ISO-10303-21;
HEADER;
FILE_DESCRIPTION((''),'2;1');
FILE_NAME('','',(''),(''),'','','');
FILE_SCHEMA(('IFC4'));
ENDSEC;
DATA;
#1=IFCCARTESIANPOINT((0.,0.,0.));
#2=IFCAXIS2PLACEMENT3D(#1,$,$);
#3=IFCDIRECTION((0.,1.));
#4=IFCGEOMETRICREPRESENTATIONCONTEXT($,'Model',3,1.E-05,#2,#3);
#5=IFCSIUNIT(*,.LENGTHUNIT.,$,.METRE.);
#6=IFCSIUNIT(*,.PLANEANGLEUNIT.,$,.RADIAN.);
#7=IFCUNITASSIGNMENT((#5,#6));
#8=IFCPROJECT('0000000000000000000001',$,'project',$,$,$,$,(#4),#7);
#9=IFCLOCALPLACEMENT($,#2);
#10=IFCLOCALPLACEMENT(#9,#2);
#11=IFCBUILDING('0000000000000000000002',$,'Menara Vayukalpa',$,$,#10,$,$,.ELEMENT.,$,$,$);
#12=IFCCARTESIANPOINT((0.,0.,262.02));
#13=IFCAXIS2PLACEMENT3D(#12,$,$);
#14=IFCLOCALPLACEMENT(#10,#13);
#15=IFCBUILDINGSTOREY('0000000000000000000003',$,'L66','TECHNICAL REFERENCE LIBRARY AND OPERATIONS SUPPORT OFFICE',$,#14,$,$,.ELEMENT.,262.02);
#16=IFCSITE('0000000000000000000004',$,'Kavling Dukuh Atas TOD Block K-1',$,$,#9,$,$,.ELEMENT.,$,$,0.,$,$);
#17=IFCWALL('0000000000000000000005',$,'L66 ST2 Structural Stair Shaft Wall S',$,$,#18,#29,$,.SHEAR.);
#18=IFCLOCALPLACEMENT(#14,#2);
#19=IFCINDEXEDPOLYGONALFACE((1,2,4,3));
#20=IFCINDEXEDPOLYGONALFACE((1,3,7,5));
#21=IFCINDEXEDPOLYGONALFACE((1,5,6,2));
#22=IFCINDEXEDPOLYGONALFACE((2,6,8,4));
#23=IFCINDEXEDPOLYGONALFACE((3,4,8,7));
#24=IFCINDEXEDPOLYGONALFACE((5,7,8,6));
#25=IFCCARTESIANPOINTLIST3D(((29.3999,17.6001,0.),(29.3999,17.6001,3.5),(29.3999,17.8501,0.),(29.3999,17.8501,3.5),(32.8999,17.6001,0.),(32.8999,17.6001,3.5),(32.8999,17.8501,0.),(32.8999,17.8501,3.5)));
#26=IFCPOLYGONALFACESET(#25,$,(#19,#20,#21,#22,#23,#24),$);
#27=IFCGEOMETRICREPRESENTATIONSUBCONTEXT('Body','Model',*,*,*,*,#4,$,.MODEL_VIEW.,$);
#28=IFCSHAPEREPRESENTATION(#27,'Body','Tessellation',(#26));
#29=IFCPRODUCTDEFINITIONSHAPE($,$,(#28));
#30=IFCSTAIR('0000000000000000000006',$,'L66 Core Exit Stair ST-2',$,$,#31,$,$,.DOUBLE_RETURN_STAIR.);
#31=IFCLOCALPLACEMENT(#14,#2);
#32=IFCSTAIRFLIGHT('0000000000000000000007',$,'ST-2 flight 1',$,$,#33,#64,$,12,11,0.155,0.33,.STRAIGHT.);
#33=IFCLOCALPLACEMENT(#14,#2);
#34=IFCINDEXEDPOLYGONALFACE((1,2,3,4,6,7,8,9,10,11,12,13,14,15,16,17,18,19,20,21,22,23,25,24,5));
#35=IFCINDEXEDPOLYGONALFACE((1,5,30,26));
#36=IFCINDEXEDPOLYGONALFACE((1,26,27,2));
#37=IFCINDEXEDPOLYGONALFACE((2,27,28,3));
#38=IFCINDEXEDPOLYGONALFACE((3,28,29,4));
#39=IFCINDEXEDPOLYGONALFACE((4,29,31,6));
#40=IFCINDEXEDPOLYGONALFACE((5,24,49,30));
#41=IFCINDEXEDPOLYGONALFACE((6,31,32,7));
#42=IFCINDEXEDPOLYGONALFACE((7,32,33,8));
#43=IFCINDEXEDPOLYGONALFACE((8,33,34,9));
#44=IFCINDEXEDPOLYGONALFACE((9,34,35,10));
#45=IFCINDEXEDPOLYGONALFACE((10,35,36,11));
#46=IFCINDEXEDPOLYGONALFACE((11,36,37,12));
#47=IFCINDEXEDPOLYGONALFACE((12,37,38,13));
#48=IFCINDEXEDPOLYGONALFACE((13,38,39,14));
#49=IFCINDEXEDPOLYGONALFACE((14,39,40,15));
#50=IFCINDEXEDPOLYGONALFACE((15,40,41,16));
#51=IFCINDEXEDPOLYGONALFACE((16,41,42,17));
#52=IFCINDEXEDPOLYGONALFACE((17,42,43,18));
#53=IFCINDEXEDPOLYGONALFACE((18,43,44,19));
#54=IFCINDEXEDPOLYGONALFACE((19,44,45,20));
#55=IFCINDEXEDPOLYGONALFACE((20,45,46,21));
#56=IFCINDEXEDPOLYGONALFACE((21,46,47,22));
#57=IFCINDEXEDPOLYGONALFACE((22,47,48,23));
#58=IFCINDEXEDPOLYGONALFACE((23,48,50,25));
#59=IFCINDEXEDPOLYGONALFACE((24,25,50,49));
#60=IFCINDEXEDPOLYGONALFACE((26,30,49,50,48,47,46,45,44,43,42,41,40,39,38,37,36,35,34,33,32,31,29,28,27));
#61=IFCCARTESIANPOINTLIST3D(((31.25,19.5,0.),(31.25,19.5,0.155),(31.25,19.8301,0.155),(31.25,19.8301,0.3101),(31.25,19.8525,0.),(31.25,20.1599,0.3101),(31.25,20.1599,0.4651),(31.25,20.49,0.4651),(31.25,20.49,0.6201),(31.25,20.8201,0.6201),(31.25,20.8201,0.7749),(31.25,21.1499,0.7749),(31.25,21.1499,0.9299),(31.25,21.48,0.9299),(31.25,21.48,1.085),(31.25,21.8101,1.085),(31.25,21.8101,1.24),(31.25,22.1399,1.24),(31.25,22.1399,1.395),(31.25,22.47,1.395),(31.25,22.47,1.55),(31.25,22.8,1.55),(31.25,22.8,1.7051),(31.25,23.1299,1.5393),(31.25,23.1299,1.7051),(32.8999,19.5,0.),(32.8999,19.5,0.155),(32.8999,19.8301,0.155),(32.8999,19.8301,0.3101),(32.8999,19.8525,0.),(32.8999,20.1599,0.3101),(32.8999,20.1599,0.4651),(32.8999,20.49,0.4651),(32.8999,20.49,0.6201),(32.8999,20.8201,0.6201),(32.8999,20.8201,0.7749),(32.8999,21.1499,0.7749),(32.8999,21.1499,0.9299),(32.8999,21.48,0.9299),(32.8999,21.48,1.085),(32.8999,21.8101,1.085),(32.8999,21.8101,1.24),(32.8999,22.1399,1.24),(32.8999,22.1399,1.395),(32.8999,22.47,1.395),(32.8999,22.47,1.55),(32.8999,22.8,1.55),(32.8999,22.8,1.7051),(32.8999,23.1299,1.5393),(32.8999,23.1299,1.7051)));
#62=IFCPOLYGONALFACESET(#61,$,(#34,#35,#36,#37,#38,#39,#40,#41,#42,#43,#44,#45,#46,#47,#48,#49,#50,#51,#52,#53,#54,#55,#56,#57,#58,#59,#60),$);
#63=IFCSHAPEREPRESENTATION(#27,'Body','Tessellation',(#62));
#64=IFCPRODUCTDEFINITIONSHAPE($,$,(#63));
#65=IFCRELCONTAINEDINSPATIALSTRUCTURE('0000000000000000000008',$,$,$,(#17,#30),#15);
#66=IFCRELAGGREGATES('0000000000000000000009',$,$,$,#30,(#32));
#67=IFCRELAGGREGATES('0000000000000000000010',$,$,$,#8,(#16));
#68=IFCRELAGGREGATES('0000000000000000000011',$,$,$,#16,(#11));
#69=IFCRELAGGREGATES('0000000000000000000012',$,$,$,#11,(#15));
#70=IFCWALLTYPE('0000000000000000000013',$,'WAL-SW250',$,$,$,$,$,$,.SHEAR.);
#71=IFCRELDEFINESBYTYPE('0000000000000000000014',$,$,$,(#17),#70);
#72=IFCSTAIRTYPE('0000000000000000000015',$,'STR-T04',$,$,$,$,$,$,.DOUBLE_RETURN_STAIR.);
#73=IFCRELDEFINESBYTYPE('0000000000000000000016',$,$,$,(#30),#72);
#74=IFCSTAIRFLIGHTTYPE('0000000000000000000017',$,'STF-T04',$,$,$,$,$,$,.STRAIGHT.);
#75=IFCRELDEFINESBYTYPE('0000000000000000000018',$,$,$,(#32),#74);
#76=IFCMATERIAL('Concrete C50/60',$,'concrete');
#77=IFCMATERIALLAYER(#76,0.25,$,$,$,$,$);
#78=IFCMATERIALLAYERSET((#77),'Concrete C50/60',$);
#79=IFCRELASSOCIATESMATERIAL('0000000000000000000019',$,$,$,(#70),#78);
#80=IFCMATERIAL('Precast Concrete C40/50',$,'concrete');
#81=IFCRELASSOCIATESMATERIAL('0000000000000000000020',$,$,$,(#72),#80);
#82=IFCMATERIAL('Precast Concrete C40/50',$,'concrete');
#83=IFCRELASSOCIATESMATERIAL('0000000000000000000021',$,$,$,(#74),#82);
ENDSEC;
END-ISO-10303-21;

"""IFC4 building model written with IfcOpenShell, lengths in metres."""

from ifc_helpers import new_model, si_unit, direction, frame, frame_2d, origin, place, context, subcontext, project, spatial, polyline, rectangle, outline, extrude, material, layer, layer_set, type_object, element, aggregate, save


model = new_model("IFC4")

# Units and contexts
model_context = context("Model", 3, precision=1e-05, world=origin(), true_north=direction((0.0, 1.0)))
body_context = subcontext(model_context, "Body", "Model", "MODEL_VIEW")
ifc_project = project(units=[si_unit("LENGTHUNIT", "METRE"), si_unit("PLANEANGLEUNIT", "RADIAN")], contexts=[model_context])

# Site, building, storey
site_placement = place(None, origin())
site = spatial("IfcSite", under=ifc_project, at=site_placement, Name="Kavling Dukuh Atas TOD Block K-1", CompositionType="ELEMENT", RefElevation=0.0)
building_placement = place(site_placement, origin())
building = spatial("IfcBuilding", under=site, at=building_placement, Name="Menara Vayukalpa", CompositionType="ELEMENT")
storey_placement = place(building_placement, frame((0.0, 0.0, 262.02)))
storey = spatial("IfcBuildingStorey", under=building, at=storey_placement, Name="L66", Description="TECHNICAL REFERENCE LIBRARY AND OPERATIONS SUPPORT OFFICE", CompositionType="ELEMENT", Elevation=262.02)

# Wall
ifc_material_1 = material(Name="Concrete C50/60", Category="concrete")
ifc_layer_1 = layer(ifc_material_1, 0.25)
ifc_layer_set_1 = layer_set([ifc_layer_1], Name="Concrete C50/60")
wall_type_1 = type_object("IfcWallType", Name="WAL-SW250", PredefinedType="SHEAR", material=ifc_layer_set_1)
wall_1_placement = place(storey_placement, frame((29.3999, 17.7251, 0.0), z_axis=(0.0, 0.0, 1.0), x_axis=(1.0, 0.0, 0.0)))
element("IfcWall", 1, at=wall_1_placement, inside=storey, type_object=wall_type_1, Name="L66 ST2 Structural Stair Shaft Wall S", PredefinedType="SHEAR", context=body_context, shape_type="SweptSolid", body=[
    extrude(rectangle(XDim=3.5, YDim=0.25, at=frame_2d((1.75, 0.0))), origin(), (0.0, 0.0, 1.0), 3.5),
])

# Stair, stair flight
ifc_material_2 = material(Name="Precast Concrete C40/50", Category="concrete")
stair_type = type_object("IfcStairType", Name="STR-T04", PredefinedType="DOUBLE_RETURN_STAIR", material=ifc_material_2)
stair_placement = place(storey_placement, origin())
stair = element("IfcStair", 2, at=stair_placement, inside=storey, type_object=stair_type, Name="L66 Core Exit Stair ST-2", PredefinedType="DOUBLE_RETURN_STAIR")
ifc_material_3 = material(Name="Precast Concrete C40/50", Category="concrete")
stair_flight_type = type_object("IfcStairFlightType", Name="STF-T04", PredefinedType="STRAIGHT", material=ifc_material_3)
stair_flight_placement = place(storey_placement, frame((32.075, 19.5, 0.0), z_axis=(0.0, 0.0, 1.0), x_axis=(0.0, 1.0, 0.0)))
stair_flight = element("IfcStairFlight", 3, at=stair_flight_placement, type_object=stair_flight_type, Name="ST-2 flight 1", NumberOfRisers=12, NumberOfTreads=11, PredefinedType="STRAIGHT", RiserHeight=0.155, TreadLength=0.33, context=body_context, shape_type="SweptSolid", body=[
    extrude(outline(polyline([(0.0, 0.0), (0.0, 0.155), (0.3301, 0.155), (0.3301, 0.3101), (0.6599, 0.3101), (0.6599, 0.4651), (0.99, 0.4651), (0.99, 0.6201), (1.3201, 0.6201), (1.3201, 0.7749), (1.6499, 0.7749), (1.6499, 0.9299), (1.98, 0.9299), (1.98, 1.085), (2.3101, 1.085), (2.3101, 1.24), (2.6399, 1.24), (2.6399, 1.395), (2.97, 1.395), (2.97, 1.55), (3.3, 1.55), (3.3, 1.7051), (3.6299, 1.7051), (3.6299, 1.8601), (3.6299, 1.5393), (0.3525, 0.0), (0.0, 0.0)])), frame((0.0, 0.825, 0.0), z_axis=(0.0, -1.0, 0.0), x_axis=(1.0, 0.0, 0.0)), (0.0, 0.0, 1.0), 1.6499),
])
aggregate(stair, [stair_flight])

save(model, "model.ifc")
